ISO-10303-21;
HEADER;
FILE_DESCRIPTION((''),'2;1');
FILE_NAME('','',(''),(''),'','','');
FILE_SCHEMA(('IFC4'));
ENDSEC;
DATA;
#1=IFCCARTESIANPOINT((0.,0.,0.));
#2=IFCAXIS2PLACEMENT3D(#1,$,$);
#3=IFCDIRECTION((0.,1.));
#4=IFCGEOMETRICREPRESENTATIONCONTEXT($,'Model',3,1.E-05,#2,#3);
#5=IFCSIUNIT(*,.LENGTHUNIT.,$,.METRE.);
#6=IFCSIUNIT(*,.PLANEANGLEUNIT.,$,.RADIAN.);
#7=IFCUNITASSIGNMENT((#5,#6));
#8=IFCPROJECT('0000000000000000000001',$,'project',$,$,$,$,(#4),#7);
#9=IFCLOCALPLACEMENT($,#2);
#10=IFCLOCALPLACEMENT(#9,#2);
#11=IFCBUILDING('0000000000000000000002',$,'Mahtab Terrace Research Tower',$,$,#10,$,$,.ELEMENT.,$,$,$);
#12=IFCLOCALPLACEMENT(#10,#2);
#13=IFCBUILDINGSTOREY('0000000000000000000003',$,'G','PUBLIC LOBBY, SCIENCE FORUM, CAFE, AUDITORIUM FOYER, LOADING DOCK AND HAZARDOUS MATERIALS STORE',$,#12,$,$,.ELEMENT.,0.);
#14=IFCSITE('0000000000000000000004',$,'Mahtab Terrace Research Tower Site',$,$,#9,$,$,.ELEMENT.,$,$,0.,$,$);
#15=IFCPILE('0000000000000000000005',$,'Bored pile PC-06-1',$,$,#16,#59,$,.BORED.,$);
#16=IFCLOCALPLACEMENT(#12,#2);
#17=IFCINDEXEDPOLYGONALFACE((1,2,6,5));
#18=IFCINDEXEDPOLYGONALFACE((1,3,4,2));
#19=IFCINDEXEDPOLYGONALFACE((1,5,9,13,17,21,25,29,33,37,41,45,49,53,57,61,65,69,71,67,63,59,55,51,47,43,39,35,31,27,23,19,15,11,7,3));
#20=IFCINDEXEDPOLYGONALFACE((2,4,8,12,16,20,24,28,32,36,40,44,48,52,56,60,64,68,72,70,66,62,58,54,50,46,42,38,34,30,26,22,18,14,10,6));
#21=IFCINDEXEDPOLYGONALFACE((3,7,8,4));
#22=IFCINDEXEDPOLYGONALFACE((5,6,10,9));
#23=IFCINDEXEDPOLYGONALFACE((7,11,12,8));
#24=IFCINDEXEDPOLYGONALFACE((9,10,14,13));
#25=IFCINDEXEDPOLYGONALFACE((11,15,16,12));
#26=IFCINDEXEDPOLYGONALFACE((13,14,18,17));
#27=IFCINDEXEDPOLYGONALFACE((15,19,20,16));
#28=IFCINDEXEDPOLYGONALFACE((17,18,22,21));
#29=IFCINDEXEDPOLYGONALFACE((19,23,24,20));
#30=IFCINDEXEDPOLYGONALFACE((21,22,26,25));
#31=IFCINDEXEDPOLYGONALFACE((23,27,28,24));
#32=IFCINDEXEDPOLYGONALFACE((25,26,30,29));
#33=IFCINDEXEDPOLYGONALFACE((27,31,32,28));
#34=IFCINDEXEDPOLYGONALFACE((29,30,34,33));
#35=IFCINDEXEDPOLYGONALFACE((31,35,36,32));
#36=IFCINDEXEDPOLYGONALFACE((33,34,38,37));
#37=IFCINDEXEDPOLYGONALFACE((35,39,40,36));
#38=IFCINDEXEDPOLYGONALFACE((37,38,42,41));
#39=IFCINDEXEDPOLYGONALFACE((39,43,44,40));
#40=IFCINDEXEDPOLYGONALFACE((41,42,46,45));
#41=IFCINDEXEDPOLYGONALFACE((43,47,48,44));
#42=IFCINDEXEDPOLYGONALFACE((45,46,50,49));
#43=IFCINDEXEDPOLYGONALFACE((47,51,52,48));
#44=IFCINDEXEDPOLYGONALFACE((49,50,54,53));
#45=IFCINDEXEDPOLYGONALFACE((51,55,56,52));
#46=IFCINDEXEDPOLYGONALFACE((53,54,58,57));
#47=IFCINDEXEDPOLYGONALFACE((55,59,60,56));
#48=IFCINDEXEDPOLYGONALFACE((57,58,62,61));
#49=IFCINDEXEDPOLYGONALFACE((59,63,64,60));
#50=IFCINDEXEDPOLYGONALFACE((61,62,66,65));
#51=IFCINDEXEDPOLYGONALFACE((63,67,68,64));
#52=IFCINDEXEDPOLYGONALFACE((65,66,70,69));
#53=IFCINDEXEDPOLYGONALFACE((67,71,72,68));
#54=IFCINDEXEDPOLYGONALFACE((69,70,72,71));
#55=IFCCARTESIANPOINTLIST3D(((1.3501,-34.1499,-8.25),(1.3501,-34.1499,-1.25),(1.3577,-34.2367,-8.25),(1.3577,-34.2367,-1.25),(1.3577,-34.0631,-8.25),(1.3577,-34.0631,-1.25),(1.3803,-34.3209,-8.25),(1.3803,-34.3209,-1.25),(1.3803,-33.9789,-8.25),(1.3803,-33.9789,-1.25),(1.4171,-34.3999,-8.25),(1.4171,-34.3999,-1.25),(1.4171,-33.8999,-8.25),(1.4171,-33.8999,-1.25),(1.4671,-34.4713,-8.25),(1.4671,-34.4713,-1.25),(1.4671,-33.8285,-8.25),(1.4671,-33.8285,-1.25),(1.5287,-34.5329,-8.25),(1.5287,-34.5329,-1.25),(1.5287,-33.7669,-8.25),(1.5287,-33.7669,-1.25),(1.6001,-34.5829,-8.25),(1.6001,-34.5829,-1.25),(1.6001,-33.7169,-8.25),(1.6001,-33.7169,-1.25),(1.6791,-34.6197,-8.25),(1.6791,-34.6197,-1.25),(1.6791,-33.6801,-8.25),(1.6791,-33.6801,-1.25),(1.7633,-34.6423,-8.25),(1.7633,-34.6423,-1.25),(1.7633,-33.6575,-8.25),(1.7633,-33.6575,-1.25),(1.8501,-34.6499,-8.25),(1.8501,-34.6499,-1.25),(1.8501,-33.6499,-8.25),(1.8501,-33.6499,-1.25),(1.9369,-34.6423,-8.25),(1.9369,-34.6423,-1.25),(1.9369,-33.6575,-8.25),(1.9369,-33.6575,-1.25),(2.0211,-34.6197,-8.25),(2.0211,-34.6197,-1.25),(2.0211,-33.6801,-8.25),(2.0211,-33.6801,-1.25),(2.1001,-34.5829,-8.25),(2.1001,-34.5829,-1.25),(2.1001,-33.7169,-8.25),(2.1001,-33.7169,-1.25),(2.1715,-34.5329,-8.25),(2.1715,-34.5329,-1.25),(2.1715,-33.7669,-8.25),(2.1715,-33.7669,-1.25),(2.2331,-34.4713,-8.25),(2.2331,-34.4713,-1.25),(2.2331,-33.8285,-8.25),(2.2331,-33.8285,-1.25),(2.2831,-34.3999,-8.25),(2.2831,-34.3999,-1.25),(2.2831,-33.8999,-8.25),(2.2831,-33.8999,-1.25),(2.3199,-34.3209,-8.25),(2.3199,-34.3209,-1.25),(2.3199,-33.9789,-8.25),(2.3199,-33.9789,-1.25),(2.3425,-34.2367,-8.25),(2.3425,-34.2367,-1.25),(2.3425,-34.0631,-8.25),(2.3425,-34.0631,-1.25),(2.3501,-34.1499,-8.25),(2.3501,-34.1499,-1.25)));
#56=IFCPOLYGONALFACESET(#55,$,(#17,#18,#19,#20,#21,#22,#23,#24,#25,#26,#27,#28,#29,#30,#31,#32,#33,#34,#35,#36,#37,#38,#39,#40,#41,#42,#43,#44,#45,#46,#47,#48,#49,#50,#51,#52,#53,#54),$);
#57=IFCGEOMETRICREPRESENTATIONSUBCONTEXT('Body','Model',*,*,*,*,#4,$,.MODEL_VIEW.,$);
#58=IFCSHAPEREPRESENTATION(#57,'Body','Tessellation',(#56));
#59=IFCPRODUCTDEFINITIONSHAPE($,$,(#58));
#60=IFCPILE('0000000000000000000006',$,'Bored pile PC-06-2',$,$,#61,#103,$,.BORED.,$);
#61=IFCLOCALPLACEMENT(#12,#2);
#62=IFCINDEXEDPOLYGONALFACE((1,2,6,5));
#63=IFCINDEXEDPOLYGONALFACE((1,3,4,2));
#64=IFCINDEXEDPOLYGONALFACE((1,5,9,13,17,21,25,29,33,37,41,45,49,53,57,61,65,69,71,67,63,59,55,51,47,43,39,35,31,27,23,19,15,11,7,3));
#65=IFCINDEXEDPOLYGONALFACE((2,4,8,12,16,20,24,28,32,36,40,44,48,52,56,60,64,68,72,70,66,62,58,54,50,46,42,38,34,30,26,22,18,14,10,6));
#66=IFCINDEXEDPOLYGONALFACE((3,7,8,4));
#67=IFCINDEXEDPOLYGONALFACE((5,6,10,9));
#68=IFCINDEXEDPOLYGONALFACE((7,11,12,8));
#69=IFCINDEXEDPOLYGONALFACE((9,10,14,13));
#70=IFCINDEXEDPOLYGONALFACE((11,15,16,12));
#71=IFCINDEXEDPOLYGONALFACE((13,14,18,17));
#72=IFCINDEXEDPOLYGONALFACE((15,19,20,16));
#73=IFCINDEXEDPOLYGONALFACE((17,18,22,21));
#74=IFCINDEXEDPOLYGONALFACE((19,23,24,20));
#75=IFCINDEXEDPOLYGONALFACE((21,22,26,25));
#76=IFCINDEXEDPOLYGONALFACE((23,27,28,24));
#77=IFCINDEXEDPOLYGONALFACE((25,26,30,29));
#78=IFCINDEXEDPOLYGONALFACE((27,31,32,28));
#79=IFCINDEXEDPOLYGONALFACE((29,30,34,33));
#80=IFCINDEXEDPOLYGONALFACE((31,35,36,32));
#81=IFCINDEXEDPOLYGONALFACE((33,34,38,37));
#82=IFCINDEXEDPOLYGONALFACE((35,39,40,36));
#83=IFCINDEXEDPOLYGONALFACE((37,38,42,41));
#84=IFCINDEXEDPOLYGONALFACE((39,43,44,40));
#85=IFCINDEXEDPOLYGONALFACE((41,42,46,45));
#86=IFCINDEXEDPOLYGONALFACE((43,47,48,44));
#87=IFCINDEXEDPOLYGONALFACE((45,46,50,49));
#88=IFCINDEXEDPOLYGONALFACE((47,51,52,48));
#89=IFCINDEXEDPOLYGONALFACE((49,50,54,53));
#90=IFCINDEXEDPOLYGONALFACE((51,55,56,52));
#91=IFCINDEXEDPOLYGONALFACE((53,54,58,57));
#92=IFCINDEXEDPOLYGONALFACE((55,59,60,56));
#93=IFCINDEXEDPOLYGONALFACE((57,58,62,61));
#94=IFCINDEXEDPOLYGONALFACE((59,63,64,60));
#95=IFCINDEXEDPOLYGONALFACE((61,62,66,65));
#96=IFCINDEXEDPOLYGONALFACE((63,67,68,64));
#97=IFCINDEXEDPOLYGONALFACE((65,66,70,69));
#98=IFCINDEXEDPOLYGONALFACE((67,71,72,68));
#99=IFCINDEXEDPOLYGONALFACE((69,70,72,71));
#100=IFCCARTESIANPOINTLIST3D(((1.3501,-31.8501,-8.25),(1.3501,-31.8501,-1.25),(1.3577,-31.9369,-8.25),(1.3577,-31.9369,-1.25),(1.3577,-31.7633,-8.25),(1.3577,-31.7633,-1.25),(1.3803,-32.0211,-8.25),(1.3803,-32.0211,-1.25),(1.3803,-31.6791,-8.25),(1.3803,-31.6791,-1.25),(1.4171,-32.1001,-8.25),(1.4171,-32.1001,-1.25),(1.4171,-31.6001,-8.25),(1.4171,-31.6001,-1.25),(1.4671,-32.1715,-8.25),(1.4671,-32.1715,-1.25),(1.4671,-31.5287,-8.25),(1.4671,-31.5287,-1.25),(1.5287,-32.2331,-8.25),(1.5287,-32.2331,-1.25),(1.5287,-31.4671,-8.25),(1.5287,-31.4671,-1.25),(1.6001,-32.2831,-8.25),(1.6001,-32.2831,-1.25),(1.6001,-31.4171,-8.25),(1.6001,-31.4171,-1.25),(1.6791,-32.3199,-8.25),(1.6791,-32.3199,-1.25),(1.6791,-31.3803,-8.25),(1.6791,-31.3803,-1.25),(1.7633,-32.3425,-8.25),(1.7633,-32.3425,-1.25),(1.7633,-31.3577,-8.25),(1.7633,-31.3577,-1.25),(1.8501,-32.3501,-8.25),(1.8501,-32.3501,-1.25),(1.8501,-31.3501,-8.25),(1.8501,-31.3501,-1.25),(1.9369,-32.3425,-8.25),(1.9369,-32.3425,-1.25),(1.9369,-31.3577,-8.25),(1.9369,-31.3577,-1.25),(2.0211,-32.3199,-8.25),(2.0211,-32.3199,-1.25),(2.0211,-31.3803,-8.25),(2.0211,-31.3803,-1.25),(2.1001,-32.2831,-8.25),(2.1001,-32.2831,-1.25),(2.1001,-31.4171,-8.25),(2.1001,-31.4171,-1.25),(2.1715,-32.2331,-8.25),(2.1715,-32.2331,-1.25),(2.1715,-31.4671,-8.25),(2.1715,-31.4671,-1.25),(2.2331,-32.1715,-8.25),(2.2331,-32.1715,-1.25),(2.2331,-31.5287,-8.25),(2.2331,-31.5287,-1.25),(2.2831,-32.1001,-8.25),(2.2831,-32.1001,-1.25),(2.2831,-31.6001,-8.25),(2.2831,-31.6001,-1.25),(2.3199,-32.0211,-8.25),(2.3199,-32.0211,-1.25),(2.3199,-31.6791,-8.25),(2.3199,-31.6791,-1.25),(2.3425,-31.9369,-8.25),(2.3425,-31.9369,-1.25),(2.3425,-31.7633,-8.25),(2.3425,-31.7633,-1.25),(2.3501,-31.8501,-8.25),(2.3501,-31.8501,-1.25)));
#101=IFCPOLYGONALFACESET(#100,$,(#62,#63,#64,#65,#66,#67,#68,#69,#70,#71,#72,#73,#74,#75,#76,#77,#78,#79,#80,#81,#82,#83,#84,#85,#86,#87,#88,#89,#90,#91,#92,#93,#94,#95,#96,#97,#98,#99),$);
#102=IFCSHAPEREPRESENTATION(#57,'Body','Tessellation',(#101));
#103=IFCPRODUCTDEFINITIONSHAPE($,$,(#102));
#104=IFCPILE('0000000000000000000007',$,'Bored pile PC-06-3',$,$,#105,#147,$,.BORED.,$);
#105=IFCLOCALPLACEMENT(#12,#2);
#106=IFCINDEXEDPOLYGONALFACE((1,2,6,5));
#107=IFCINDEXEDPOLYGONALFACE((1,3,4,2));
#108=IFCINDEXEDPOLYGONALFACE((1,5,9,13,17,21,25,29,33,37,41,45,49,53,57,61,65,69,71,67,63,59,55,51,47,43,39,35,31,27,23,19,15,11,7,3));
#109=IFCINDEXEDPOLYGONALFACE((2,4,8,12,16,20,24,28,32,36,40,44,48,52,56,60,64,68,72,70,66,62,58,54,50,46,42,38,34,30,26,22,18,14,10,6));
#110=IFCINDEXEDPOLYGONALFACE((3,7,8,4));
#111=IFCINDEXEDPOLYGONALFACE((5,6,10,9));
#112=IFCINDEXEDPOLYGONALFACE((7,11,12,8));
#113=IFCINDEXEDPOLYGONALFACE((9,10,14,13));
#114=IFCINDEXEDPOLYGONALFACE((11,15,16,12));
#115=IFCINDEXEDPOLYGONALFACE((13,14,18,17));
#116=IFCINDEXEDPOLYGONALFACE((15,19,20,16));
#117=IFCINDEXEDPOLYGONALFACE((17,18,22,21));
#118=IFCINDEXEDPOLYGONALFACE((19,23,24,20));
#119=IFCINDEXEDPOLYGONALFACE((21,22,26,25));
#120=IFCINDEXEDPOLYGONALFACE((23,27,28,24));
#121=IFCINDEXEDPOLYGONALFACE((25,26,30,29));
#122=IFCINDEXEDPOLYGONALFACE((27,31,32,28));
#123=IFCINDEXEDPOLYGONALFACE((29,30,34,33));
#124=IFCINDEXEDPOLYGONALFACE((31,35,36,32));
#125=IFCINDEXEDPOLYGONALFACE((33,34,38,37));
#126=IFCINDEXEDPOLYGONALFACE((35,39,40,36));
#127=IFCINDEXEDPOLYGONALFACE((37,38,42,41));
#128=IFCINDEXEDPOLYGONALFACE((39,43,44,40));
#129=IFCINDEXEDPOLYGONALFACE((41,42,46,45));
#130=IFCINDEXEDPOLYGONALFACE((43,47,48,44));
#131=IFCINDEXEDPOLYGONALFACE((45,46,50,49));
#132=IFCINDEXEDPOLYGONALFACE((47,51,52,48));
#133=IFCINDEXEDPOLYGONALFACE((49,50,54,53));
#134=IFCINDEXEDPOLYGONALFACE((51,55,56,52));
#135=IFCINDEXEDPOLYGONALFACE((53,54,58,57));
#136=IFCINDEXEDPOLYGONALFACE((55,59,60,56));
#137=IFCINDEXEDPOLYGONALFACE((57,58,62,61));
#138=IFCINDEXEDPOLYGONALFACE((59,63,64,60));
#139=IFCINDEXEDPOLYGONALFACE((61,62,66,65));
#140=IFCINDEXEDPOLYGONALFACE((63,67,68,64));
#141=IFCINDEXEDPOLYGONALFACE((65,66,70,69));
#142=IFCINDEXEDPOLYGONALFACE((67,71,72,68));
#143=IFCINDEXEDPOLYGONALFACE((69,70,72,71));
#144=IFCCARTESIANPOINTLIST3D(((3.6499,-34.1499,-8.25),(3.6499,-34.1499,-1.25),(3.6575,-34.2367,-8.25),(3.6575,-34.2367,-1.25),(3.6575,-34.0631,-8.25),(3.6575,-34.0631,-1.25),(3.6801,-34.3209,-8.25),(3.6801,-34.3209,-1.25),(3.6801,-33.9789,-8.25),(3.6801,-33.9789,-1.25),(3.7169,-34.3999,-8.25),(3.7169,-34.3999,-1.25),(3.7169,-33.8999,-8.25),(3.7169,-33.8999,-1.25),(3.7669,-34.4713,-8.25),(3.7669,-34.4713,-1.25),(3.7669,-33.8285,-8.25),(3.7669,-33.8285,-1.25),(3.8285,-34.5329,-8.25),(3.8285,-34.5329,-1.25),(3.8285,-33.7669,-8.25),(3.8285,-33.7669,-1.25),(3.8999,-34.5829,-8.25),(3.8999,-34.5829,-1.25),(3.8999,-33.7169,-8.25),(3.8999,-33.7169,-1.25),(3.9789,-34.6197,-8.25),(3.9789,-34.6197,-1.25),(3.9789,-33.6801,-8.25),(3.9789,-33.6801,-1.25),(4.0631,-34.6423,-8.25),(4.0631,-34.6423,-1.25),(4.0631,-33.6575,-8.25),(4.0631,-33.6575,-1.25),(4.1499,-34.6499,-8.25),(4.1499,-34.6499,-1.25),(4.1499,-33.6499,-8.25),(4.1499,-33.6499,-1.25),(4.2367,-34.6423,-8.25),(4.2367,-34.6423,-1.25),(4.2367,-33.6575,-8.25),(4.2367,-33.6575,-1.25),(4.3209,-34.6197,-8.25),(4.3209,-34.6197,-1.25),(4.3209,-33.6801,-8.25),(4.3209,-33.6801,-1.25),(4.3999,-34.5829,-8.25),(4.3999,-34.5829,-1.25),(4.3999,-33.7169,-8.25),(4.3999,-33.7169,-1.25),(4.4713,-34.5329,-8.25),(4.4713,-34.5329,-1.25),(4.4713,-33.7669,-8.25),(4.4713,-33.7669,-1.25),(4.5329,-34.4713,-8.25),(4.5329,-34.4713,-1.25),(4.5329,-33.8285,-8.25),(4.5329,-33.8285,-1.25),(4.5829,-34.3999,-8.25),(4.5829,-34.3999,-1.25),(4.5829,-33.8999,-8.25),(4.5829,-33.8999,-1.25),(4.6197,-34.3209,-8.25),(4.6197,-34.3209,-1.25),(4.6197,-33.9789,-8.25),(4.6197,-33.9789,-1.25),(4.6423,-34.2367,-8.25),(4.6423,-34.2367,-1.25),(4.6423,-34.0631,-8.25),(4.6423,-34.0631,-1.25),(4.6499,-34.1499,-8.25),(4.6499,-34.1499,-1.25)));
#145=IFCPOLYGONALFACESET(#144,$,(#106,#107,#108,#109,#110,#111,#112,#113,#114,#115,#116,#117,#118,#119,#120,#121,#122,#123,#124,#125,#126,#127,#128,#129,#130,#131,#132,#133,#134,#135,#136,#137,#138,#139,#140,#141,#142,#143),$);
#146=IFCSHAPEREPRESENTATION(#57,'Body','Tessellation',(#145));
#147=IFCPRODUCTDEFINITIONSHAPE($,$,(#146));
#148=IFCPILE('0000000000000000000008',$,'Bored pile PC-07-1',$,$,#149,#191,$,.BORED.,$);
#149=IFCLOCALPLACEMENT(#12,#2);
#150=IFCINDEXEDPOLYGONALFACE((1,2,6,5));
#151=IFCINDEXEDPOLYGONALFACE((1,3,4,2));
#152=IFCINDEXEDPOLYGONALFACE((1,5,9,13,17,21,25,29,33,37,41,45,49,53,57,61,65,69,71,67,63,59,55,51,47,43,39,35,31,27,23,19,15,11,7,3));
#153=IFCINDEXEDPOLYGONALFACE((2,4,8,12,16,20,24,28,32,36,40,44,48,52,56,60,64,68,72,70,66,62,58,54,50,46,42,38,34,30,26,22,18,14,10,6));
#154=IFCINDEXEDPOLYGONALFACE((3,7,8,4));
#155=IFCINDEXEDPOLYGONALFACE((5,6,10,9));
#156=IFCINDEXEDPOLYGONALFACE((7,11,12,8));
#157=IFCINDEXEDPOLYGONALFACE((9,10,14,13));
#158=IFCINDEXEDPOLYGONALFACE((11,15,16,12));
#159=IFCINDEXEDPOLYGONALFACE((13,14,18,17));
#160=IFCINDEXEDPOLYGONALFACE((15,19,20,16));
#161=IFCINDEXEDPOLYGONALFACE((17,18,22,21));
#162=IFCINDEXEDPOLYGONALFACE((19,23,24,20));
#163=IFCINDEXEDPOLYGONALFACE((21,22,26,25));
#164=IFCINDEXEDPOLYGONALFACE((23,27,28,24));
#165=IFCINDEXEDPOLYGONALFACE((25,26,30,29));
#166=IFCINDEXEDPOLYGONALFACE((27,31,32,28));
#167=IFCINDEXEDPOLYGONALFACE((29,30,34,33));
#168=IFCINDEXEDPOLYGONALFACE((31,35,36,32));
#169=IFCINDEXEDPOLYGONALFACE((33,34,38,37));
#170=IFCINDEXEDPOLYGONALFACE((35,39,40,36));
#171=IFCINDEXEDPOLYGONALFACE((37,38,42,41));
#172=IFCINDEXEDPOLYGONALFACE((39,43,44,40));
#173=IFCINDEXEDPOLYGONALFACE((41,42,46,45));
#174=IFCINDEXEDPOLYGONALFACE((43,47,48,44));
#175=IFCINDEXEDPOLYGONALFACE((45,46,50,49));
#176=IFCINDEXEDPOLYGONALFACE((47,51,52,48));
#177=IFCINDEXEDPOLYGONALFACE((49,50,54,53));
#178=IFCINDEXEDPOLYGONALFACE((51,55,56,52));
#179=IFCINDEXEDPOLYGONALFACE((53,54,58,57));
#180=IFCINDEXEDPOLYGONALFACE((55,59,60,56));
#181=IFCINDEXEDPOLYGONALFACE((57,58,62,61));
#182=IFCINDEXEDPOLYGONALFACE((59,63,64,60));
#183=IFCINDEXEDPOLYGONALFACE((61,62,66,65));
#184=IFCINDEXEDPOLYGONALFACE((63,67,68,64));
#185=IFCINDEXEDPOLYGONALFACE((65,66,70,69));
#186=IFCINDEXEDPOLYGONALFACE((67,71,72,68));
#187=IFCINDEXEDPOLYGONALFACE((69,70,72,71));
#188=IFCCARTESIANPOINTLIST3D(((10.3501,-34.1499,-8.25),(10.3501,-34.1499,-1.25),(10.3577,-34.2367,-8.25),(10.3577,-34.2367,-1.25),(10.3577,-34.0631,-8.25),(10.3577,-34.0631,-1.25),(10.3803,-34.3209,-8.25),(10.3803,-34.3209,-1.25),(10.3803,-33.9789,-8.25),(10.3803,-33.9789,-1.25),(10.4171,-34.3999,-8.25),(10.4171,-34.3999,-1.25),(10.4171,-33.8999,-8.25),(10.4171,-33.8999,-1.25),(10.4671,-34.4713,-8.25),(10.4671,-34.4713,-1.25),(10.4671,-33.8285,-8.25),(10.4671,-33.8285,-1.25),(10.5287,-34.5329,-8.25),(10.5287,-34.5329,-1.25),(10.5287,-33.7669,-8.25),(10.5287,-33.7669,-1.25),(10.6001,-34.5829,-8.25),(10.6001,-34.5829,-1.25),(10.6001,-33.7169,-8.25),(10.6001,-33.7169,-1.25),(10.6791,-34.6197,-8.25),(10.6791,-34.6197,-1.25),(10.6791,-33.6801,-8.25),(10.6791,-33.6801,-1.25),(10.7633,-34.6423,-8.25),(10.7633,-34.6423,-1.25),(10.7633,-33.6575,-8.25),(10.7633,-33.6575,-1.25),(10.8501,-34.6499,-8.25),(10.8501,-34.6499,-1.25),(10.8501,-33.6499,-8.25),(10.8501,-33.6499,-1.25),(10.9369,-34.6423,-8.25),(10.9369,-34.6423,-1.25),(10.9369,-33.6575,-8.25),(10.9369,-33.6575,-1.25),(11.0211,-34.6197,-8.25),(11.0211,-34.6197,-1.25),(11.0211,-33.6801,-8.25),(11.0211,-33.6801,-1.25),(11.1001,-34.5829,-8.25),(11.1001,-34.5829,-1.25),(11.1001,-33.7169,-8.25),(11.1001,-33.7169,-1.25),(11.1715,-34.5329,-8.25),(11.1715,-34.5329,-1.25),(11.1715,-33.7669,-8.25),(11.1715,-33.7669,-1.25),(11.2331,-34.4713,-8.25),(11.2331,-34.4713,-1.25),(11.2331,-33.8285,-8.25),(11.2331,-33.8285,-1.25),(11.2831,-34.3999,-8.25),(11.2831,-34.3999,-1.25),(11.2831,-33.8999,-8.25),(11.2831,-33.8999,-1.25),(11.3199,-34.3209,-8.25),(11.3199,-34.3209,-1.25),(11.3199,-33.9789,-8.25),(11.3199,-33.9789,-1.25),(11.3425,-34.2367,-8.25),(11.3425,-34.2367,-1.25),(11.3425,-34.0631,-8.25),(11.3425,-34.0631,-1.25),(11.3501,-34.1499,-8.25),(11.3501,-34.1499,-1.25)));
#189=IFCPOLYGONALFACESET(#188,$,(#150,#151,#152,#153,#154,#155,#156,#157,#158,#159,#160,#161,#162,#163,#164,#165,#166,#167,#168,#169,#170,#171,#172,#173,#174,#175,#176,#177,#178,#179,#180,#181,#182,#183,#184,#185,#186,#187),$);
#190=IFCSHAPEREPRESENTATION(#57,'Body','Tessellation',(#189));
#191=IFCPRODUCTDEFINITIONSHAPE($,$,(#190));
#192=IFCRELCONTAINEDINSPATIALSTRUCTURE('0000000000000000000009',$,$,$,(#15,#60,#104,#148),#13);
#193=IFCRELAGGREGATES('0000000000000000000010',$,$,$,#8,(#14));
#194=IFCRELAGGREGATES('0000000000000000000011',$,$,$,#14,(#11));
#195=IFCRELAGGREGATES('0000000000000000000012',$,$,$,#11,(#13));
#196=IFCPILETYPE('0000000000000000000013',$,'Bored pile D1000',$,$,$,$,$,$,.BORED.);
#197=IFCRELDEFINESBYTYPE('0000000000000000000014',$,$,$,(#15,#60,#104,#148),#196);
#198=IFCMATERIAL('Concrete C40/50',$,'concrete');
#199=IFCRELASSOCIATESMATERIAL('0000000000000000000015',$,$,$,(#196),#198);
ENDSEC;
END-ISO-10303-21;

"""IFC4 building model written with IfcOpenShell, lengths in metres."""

from ifc_helpers import new_model, si_unit, direction, frame, origin, origin_2d, place, context, subcontext, project, spatial, circle, extrude, material, material_profile, profile_set, type_object, element, save


model = new_model("IFC4")

# Units and contexts
model_context = context("Model", 3, precision=1e-05, world=origin(), true_north=direction((0.0, 1.0)))
body_context = subcontext(model_context, "Body", "Model", "MODEL_VIEW")
ifc_project = project(units=[si_unit("LENGTHUNIT", "METRE"), si_unit("PLANEANGLEUNIT", "RADIAN")], contexts=[model_context])

# Site, building, storey
site_placement = place(None, origin())
site = spatial("IfcSite", under=ifc_project, at=site_placement, Name="Mahtab Terrace Research Tower Site", CompositionType="ELEMENT", RefElevation=0.0)
building_placement = place(site_placement, origin())
building = spatial("IfcBuilding", under=site, at=building_placement, Name="Mahtab Terrace Research Tower", CompositionType="ELEMENT")
storey_placement = place(building_placement, origin())
storey = spatial("IfcBuildingStorey", under=building, at=storey_placement, Name="G", Description="PUBLIC LOBBY, SCIENCE FORUM, CAFE, AUDITORIUM FOYER, LOADING DOCK AND HAZARDOUS MATERIALS STORE", CompositionType="ELEMENT", Elevation=0.0)

# Piles
ifc_material_1 = material(Name="Concrete C40/50", Category="concrete")
ifc_material_profile_1 = material_profile(ifc_material_1, circle(Radius=0.5, at=origin_2d()), Name="Bored pile D1000")
ifc_profile_set_1 = profile_set([ifc_material_profile_1], Name="Concrete C40/50")
pile_type = type_object("IfcPileType", Name="Bored pile D1000", PredefinedType="BORED", material=ifc_profile_set_1)
for number, where, z_axis, x_axis, name in (
    (1, (1.8501, -34.1499, -1.25), (0.0, 0.0, -1.0), (1.0, 0.0, 0.0), "Bored pile PC-06-1"),
    (2, (1.8501, -31.8501, -1.25), (0.0, 0.0, -1.0), (1.0, 0.0, 0.0), "Bored pile PC-06-2"),
    (3, (4.1499, -34.1499, -1.25), (0.0, 0.0, -1.0), (1.0, 0.0, 0.0), "Bored pile PC-06-3"),
    (4, (10.8501, -34.1499, -1.25), (0.0, 0.0, -1.0), (1.0, 0.0, 0.0), "Bored pile PC-07-1"),
):
    element("IfcPile", number, at=place(storey_placement, frame(where, z_axis=z_axis, x_axis=x_axis)), inside=storey, type_object=pile_type, Name=name, PredefinedType="BORED", context=body_context, shape_type="SweptSolid", body=[
        extrude(circle(Radius=0.5, at=origin_2d()), origin(), (0.0, 0.0, 1.0), 7.0),
    ])

save(model, "model.ifc")
